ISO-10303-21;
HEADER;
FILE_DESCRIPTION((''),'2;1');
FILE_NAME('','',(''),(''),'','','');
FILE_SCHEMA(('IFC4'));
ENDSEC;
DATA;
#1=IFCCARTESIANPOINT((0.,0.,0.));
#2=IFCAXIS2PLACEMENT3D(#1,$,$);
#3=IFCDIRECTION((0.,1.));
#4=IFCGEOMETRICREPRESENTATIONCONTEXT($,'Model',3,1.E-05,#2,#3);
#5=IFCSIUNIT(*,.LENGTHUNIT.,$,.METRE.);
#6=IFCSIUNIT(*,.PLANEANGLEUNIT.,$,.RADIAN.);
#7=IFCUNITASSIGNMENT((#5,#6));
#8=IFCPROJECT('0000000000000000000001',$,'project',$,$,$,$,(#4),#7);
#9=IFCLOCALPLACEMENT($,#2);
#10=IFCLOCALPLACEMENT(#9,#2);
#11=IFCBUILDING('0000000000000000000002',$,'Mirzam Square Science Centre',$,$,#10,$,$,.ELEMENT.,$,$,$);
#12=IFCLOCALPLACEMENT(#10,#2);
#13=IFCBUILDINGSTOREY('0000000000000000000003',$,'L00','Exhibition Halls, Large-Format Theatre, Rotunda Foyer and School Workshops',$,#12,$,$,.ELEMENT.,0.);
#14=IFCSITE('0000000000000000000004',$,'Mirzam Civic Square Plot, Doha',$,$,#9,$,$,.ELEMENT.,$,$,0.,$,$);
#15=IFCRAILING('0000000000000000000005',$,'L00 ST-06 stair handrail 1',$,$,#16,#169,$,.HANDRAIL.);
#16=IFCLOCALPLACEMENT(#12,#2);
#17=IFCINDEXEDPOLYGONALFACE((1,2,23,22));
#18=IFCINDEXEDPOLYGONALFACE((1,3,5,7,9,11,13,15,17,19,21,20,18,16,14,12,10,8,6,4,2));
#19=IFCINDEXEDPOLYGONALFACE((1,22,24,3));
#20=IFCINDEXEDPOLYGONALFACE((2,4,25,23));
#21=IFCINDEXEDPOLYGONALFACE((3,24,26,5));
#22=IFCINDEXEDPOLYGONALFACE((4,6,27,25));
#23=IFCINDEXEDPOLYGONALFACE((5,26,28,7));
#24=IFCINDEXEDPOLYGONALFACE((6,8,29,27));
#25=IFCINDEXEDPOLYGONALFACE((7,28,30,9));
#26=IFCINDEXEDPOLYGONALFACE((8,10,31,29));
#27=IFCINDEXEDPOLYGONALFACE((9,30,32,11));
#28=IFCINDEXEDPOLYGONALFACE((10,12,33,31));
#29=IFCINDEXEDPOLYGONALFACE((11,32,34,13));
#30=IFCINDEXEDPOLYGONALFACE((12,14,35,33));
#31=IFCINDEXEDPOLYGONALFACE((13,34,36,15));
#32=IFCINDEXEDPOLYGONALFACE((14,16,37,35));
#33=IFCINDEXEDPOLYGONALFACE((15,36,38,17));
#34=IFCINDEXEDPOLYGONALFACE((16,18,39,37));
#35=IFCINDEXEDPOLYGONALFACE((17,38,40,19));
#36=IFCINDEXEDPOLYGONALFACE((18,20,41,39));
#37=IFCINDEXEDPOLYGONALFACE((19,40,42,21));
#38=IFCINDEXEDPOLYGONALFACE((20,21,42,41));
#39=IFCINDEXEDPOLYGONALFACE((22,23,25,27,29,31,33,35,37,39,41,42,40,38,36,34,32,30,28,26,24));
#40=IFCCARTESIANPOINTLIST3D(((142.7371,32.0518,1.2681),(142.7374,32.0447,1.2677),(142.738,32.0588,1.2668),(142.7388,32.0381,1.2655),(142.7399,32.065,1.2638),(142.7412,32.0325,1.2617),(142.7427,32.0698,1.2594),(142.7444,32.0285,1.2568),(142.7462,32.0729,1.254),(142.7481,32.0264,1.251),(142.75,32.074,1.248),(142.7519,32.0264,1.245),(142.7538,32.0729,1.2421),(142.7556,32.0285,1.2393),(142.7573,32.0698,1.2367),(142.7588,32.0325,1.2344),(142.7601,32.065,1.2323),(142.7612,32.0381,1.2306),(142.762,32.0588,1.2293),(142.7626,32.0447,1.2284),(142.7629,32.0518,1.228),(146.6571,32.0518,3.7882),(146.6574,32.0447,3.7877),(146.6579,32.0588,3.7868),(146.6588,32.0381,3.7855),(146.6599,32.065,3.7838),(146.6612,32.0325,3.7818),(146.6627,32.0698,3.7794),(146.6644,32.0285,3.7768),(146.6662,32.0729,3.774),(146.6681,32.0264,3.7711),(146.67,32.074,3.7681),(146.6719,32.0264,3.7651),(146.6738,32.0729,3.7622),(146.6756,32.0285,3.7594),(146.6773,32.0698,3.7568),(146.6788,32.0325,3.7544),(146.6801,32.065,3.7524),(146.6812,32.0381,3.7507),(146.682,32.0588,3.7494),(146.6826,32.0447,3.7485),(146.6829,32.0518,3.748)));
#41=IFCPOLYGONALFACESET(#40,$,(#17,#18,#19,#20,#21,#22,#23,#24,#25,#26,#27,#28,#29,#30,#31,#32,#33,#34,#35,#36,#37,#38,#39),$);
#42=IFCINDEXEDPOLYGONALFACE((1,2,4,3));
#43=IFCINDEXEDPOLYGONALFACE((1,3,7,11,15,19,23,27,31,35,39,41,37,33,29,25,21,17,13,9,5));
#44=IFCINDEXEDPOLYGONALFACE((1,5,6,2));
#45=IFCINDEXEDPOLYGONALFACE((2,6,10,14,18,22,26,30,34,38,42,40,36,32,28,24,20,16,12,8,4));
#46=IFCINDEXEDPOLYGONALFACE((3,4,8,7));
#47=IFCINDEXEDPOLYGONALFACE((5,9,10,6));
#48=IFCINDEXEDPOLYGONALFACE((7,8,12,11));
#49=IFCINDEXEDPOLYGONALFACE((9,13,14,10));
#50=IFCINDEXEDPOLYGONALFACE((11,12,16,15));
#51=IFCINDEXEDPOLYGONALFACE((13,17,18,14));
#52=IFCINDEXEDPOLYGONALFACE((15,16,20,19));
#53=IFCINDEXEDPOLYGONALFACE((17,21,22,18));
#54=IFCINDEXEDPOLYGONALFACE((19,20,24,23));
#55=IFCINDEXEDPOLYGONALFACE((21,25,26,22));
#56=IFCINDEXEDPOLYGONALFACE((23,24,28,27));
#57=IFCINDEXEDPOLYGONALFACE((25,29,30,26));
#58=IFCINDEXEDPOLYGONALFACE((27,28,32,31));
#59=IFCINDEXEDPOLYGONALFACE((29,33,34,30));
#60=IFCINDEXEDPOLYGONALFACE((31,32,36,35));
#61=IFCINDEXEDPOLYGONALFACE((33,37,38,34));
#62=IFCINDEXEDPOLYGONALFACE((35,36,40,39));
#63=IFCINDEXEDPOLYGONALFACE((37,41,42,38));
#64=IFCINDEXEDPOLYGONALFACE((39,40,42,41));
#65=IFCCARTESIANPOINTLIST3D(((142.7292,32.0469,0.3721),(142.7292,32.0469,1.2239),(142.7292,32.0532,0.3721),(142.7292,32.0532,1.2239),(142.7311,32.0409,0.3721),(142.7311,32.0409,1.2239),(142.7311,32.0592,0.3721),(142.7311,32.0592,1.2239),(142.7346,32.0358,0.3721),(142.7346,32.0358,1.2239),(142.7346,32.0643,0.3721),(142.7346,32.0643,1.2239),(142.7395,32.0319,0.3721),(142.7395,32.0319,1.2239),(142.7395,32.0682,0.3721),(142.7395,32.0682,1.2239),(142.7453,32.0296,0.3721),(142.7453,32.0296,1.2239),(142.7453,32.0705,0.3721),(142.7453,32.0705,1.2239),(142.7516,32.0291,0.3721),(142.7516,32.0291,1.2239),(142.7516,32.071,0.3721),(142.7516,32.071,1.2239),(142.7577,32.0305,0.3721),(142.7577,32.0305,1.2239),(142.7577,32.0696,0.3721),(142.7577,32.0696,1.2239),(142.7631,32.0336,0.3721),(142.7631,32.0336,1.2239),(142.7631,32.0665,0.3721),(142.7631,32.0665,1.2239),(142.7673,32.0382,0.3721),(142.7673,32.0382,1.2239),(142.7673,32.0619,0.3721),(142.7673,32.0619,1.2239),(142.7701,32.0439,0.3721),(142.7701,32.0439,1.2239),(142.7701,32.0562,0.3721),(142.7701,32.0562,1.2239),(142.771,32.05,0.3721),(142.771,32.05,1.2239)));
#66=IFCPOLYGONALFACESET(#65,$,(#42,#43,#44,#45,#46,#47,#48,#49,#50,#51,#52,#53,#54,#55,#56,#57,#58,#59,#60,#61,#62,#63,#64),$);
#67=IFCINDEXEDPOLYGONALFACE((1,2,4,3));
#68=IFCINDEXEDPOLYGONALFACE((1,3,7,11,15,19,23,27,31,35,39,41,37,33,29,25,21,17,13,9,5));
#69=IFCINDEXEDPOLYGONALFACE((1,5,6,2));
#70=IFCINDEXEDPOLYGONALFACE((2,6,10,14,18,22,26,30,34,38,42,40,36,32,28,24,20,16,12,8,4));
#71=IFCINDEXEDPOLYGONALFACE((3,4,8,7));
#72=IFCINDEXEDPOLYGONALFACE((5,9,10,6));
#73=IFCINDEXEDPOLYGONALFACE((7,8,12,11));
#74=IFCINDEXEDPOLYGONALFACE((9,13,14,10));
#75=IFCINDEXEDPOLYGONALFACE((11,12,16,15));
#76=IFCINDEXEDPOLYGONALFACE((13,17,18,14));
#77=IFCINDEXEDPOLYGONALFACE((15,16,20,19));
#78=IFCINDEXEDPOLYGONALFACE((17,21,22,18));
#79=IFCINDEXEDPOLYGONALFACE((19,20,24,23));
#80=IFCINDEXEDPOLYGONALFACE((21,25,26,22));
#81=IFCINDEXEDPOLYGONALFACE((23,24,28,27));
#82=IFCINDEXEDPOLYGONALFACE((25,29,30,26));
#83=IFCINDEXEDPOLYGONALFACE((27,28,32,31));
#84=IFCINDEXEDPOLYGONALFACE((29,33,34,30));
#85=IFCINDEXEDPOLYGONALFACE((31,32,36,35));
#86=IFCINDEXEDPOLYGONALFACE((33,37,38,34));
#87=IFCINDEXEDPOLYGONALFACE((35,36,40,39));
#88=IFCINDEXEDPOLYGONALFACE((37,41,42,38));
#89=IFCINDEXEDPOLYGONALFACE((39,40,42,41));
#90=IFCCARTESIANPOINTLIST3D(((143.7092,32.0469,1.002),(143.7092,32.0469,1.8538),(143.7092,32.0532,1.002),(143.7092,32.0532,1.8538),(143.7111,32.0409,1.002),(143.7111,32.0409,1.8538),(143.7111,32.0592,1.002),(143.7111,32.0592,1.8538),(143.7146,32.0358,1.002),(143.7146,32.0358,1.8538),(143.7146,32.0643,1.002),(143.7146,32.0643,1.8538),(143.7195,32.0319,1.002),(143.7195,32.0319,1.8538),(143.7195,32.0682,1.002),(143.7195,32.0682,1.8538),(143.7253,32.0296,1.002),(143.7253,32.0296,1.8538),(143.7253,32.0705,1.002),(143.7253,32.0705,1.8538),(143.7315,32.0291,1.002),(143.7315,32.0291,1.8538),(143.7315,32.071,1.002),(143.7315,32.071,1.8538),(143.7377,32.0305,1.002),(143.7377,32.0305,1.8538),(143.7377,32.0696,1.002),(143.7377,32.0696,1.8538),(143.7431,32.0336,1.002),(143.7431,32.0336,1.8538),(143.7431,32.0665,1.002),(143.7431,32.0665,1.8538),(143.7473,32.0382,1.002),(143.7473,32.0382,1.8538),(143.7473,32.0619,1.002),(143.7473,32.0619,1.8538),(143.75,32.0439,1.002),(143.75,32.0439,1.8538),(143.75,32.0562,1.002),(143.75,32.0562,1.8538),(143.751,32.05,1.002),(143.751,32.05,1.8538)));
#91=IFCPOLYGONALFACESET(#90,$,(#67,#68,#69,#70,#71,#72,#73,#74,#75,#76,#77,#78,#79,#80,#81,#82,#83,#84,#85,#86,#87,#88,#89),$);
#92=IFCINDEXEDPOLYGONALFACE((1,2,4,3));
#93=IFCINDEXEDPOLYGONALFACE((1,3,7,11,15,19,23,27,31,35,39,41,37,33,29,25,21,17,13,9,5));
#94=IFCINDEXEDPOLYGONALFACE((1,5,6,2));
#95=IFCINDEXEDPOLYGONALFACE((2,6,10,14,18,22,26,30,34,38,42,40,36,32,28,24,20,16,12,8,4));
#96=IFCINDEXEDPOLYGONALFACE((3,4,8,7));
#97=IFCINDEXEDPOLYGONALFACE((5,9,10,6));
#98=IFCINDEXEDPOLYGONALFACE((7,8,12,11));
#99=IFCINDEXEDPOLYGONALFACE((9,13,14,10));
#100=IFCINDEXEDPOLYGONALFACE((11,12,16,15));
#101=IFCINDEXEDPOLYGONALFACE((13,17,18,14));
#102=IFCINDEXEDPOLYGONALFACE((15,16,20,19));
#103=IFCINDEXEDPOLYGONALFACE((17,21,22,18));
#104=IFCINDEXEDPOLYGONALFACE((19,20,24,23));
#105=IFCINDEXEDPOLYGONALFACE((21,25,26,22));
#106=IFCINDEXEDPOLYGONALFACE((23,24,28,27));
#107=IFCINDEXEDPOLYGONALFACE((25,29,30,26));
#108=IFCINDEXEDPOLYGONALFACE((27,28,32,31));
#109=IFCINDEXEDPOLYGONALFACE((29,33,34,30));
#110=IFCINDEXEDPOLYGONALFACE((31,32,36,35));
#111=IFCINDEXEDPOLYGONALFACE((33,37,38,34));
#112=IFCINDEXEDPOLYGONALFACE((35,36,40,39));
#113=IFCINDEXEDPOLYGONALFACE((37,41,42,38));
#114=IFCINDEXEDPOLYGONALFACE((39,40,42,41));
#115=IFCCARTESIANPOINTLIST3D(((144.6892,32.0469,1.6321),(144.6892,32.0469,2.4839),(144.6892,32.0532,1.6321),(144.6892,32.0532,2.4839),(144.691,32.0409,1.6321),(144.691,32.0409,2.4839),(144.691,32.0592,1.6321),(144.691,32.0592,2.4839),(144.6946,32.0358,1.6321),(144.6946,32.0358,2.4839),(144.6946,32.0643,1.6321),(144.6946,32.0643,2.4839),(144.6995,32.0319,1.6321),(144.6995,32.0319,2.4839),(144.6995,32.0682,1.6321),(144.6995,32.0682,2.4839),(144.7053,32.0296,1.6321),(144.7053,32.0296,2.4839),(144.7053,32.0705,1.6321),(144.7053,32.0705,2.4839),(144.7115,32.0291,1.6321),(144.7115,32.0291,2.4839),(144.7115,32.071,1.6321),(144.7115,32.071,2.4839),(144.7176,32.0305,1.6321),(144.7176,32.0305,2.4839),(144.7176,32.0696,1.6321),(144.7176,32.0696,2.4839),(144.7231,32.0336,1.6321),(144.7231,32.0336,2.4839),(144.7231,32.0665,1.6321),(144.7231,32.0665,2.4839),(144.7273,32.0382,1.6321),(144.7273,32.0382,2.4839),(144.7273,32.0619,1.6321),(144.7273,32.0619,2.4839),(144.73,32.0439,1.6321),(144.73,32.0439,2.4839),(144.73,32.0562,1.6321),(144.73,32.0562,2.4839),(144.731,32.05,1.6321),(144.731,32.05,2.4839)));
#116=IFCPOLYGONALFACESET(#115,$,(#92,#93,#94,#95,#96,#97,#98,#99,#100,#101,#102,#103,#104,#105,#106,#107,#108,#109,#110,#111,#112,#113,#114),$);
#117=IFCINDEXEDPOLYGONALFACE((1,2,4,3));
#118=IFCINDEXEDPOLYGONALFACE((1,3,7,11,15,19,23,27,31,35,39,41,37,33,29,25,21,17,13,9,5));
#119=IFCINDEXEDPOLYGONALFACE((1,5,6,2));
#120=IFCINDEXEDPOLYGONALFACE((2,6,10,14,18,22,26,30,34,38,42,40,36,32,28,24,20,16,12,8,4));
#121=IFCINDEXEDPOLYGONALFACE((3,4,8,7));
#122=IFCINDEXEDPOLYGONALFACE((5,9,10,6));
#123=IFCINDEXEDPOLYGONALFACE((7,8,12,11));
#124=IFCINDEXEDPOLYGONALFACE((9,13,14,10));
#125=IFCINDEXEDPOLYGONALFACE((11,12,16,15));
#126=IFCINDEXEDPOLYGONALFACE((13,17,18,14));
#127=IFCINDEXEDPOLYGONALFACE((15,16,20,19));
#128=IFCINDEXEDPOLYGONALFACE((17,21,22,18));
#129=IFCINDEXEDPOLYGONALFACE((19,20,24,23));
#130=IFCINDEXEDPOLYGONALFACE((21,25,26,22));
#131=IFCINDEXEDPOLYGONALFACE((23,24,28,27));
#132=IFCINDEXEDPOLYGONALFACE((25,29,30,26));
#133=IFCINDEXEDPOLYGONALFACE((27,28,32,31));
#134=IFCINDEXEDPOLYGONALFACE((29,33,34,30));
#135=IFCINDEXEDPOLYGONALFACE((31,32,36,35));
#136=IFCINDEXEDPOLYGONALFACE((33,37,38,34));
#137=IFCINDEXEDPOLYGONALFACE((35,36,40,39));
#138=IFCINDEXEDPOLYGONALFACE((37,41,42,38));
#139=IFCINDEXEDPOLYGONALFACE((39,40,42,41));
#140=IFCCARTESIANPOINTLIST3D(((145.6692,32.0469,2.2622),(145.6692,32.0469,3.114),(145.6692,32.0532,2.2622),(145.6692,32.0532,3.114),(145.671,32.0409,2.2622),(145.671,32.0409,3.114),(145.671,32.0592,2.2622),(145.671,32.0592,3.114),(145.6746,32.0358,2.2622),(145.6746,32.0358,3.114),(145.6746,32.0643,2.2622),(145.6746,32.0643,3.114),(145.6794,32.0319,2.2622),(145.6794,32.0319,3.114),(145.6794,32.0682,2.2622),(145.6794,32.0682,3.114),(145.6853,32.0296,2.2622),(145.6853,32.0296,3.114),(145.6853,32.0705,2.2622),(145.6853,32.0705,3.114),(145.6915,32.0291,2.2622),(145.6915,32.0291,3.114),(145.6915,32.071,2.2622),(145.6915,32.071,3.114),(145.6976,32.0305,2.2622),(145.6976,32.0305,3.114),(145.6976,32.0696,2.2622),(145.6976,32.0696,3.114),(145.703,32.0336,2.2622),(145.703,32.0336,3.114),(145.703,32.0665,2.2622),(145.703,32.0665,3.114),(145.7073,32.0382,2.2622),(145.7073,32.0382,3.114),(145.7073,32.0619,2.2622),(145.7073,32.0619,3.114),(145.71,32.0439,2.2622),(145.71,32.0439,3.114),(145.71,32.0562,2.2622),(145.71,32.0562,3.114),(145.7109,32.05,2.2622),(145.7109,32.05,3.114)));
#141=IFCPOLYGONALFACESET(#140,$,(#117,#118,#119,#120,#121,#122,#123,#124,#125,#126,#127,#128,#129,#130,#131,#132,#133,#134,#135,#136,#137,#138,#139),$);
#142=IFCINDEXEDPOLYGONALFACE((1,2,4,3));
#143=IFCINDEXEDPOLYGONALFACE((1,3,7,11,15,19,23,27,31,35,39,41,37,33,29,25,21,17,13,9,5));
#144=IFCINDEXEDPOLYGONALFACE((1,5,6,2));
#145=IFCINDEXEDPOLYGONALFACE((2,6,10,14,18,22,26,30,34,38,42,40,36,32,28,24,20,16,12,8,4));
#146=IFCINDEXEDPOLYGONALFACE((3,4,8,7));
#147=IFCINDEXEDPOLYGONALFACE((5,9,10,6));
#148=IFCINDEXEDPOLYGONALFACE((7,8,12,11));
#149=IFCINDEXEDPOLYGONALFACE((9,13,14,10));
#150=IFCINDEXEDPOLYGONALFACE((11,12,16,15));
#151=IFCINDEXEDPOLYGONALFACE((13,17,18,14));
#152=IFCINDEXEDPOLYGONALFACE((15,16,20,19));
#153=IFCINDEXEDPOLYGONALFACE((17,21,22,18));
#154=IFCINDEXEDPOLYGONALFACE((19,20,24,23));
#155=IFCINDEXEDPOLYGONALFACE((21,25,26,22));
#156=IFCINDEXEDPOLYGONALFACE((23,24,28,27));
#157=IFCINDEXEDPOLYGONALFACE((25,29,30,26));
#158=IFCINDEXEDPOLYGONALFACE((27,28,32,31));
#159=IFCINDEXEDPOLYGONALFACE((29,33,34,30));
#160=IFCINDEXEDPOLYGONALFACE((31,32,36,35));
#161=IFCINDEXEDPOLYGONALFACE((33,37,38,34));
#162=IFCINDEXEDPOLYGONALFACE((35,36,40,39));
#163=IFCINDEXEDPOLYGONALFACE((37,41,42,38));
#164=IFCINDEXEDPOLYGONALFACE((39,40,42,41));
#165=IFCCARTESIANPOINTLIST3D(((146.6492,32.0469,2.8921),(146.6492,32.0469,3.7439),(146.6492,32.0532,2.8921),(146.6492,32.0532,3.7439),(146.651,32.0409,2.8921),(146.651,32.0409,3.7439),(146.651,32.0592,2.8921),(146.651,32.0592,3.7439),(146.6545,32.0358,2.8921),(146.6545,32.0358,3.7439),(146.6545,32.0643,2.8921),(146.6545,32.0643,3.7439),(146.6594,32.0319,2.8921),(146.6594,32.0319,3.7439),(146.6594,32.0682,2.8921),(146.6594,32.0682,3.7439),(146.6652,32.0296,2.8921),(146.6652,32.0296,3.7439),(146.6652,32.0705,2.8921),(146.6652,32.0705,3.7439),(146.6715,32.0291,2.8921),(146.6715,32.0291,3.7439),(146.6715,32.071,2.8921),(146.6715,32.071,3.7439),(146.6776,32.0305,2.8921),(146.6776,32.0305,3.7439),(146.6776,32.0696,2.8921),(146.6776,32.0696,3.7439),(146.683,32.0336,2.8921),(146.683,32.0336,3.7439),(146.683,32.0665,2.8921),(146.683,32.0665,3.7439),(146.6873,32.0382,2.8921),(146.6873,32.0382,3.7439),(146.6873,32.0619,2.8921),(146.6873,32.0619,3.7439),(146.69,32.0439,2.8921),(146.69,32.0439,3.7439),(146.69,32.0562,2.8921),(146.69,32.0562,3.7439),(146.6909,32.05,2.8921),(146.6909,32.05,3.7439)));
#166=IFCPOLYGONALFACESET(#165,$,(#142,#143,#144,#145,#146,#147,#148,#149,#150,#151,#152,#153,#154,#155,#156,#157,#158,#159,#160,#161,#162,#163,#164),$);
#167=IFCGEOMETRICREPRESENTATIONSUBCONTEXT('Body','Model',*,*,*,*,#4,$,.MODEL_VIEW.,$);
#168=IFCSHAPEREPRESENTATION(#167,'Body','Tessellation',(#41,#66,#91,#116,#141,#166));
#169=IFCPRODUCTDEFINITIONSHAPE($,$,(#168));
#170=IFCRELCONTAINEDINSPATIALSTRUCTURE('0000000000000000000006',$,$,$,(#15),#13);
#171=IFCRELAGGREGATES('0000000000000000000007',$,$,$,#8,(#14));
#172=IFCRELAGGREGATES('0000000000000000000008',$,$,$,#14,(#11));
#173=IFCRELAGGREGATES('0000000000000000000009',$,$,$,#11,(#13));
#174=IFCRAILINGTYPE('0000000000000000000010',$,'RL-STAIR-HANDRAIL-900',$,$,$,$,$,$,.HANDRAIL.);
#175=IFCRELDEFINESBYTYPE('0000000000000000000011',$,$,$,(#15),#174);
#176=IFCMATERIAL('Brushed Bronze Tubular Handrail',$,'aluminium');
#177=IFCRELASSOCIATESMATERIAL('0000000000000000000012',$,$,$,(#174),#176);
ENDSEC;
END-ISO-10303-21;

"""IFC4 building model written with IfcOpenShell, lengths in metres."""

from ifc_helpers import new_model, si_unit, direction, frame, origin, origin_2d, place, context, subcontext, project, spatial, circle, extrude, material, type_object, element, save


model = new_model("IFC4")

# Units and contexts
model_context = context("Model", 3, precision=1e-05, world=origin(), true_north=direction((0.0, 1.0)))
body_context = subcontext(model_context, "Body", "Model", "MODEL_VIEW")
ifc_project = project(units=[si_unit("LENGTHUNIT", "METRE"), si_unit("PLANEANGLEUNIT", "RADIAN")], contexts=[model_context])

# Site, building, storey
site_placement = place(None, origin())
site = spatial("IfcSite", under=ifc_project, at=site_placement, Name="Mirzam Civic Square Plot, Doha", CompositionType="ELEMENT", RefElevation=0.0)
building_placement = place(site_placement, origin())
building = spatial("IfcBuilding", under=site, at=building_placement, Name="Mirzam Square Science Centre", CompositionType="ELEMENT")
storey_placement = place(building_placement, origin())
storey = spatial("IfcBuildingStorey", under=building, at=storey_placement, Name="L00", Description="Exhibition Halls, Large-Format Theatre, Rotunda Foyer and School Workshops", CompositionType="ELEMENT", Elevation=0.0)

# Railing
ifc_material_1 = material(Name="Brushed Bronze Tubular Handrail", Category="aluminium")
railing_type_1 = type_object("IfcRailingType", Name="RL-STAIR-HANDRAIL-900", PredefinedType="HANDRAIL", material=ifc_material_1)
railing_1_placement = place(storey_placement, frame((142.75, 32.05, 0.3721)))
element("IfcRailing", 1, at=railing_1_placement, inside=storey, type_object=railing_type_1, Name="L00 ST-06 stair handrail 1", PredefinedType="HANDRAIL", context=body_context, shape_type="SweptSolid", body=[
    extrude(circle(Radius=0.0239, at=origin_2d()), frame((0.0, 0.0, 0.876), z_axis=(0.841172, 0.0, 0.540768), x_axis=(0.0, 1.0, 0.0)), (0.0, 0.0, 1.0), 4.6602),
    extrude(circle(Radius=0.021, at=origin_2d()), origin(), (0.0, 0.0, 1.0), 0.8518),
    extrude(circle(Radius=0.021, at=origin_2d()), frame((0.98, 0.0, 0.6299)), (0.0, 0.0, 1.0), 0.8518),
    extrude(circle(Radius=0.021, at=origin_2d()), frame((1.96, 0.0, 1.26)), (0.0, 0.0, 1.0), 0.8518),
    extrude(circle(Radius=0.021, at=origin_2d()), frame((2.9399, 0.0, 1.8901)), (0.0, 0.0, 1.0), 0.8518),
    extrude(circle(Radius=0.021, at=origin_2d()), frame((3.9199, 0.0, 2.52)), (0.0, 0.0, 1.0), 0.8518),
])

save(model, "model.ifc")
